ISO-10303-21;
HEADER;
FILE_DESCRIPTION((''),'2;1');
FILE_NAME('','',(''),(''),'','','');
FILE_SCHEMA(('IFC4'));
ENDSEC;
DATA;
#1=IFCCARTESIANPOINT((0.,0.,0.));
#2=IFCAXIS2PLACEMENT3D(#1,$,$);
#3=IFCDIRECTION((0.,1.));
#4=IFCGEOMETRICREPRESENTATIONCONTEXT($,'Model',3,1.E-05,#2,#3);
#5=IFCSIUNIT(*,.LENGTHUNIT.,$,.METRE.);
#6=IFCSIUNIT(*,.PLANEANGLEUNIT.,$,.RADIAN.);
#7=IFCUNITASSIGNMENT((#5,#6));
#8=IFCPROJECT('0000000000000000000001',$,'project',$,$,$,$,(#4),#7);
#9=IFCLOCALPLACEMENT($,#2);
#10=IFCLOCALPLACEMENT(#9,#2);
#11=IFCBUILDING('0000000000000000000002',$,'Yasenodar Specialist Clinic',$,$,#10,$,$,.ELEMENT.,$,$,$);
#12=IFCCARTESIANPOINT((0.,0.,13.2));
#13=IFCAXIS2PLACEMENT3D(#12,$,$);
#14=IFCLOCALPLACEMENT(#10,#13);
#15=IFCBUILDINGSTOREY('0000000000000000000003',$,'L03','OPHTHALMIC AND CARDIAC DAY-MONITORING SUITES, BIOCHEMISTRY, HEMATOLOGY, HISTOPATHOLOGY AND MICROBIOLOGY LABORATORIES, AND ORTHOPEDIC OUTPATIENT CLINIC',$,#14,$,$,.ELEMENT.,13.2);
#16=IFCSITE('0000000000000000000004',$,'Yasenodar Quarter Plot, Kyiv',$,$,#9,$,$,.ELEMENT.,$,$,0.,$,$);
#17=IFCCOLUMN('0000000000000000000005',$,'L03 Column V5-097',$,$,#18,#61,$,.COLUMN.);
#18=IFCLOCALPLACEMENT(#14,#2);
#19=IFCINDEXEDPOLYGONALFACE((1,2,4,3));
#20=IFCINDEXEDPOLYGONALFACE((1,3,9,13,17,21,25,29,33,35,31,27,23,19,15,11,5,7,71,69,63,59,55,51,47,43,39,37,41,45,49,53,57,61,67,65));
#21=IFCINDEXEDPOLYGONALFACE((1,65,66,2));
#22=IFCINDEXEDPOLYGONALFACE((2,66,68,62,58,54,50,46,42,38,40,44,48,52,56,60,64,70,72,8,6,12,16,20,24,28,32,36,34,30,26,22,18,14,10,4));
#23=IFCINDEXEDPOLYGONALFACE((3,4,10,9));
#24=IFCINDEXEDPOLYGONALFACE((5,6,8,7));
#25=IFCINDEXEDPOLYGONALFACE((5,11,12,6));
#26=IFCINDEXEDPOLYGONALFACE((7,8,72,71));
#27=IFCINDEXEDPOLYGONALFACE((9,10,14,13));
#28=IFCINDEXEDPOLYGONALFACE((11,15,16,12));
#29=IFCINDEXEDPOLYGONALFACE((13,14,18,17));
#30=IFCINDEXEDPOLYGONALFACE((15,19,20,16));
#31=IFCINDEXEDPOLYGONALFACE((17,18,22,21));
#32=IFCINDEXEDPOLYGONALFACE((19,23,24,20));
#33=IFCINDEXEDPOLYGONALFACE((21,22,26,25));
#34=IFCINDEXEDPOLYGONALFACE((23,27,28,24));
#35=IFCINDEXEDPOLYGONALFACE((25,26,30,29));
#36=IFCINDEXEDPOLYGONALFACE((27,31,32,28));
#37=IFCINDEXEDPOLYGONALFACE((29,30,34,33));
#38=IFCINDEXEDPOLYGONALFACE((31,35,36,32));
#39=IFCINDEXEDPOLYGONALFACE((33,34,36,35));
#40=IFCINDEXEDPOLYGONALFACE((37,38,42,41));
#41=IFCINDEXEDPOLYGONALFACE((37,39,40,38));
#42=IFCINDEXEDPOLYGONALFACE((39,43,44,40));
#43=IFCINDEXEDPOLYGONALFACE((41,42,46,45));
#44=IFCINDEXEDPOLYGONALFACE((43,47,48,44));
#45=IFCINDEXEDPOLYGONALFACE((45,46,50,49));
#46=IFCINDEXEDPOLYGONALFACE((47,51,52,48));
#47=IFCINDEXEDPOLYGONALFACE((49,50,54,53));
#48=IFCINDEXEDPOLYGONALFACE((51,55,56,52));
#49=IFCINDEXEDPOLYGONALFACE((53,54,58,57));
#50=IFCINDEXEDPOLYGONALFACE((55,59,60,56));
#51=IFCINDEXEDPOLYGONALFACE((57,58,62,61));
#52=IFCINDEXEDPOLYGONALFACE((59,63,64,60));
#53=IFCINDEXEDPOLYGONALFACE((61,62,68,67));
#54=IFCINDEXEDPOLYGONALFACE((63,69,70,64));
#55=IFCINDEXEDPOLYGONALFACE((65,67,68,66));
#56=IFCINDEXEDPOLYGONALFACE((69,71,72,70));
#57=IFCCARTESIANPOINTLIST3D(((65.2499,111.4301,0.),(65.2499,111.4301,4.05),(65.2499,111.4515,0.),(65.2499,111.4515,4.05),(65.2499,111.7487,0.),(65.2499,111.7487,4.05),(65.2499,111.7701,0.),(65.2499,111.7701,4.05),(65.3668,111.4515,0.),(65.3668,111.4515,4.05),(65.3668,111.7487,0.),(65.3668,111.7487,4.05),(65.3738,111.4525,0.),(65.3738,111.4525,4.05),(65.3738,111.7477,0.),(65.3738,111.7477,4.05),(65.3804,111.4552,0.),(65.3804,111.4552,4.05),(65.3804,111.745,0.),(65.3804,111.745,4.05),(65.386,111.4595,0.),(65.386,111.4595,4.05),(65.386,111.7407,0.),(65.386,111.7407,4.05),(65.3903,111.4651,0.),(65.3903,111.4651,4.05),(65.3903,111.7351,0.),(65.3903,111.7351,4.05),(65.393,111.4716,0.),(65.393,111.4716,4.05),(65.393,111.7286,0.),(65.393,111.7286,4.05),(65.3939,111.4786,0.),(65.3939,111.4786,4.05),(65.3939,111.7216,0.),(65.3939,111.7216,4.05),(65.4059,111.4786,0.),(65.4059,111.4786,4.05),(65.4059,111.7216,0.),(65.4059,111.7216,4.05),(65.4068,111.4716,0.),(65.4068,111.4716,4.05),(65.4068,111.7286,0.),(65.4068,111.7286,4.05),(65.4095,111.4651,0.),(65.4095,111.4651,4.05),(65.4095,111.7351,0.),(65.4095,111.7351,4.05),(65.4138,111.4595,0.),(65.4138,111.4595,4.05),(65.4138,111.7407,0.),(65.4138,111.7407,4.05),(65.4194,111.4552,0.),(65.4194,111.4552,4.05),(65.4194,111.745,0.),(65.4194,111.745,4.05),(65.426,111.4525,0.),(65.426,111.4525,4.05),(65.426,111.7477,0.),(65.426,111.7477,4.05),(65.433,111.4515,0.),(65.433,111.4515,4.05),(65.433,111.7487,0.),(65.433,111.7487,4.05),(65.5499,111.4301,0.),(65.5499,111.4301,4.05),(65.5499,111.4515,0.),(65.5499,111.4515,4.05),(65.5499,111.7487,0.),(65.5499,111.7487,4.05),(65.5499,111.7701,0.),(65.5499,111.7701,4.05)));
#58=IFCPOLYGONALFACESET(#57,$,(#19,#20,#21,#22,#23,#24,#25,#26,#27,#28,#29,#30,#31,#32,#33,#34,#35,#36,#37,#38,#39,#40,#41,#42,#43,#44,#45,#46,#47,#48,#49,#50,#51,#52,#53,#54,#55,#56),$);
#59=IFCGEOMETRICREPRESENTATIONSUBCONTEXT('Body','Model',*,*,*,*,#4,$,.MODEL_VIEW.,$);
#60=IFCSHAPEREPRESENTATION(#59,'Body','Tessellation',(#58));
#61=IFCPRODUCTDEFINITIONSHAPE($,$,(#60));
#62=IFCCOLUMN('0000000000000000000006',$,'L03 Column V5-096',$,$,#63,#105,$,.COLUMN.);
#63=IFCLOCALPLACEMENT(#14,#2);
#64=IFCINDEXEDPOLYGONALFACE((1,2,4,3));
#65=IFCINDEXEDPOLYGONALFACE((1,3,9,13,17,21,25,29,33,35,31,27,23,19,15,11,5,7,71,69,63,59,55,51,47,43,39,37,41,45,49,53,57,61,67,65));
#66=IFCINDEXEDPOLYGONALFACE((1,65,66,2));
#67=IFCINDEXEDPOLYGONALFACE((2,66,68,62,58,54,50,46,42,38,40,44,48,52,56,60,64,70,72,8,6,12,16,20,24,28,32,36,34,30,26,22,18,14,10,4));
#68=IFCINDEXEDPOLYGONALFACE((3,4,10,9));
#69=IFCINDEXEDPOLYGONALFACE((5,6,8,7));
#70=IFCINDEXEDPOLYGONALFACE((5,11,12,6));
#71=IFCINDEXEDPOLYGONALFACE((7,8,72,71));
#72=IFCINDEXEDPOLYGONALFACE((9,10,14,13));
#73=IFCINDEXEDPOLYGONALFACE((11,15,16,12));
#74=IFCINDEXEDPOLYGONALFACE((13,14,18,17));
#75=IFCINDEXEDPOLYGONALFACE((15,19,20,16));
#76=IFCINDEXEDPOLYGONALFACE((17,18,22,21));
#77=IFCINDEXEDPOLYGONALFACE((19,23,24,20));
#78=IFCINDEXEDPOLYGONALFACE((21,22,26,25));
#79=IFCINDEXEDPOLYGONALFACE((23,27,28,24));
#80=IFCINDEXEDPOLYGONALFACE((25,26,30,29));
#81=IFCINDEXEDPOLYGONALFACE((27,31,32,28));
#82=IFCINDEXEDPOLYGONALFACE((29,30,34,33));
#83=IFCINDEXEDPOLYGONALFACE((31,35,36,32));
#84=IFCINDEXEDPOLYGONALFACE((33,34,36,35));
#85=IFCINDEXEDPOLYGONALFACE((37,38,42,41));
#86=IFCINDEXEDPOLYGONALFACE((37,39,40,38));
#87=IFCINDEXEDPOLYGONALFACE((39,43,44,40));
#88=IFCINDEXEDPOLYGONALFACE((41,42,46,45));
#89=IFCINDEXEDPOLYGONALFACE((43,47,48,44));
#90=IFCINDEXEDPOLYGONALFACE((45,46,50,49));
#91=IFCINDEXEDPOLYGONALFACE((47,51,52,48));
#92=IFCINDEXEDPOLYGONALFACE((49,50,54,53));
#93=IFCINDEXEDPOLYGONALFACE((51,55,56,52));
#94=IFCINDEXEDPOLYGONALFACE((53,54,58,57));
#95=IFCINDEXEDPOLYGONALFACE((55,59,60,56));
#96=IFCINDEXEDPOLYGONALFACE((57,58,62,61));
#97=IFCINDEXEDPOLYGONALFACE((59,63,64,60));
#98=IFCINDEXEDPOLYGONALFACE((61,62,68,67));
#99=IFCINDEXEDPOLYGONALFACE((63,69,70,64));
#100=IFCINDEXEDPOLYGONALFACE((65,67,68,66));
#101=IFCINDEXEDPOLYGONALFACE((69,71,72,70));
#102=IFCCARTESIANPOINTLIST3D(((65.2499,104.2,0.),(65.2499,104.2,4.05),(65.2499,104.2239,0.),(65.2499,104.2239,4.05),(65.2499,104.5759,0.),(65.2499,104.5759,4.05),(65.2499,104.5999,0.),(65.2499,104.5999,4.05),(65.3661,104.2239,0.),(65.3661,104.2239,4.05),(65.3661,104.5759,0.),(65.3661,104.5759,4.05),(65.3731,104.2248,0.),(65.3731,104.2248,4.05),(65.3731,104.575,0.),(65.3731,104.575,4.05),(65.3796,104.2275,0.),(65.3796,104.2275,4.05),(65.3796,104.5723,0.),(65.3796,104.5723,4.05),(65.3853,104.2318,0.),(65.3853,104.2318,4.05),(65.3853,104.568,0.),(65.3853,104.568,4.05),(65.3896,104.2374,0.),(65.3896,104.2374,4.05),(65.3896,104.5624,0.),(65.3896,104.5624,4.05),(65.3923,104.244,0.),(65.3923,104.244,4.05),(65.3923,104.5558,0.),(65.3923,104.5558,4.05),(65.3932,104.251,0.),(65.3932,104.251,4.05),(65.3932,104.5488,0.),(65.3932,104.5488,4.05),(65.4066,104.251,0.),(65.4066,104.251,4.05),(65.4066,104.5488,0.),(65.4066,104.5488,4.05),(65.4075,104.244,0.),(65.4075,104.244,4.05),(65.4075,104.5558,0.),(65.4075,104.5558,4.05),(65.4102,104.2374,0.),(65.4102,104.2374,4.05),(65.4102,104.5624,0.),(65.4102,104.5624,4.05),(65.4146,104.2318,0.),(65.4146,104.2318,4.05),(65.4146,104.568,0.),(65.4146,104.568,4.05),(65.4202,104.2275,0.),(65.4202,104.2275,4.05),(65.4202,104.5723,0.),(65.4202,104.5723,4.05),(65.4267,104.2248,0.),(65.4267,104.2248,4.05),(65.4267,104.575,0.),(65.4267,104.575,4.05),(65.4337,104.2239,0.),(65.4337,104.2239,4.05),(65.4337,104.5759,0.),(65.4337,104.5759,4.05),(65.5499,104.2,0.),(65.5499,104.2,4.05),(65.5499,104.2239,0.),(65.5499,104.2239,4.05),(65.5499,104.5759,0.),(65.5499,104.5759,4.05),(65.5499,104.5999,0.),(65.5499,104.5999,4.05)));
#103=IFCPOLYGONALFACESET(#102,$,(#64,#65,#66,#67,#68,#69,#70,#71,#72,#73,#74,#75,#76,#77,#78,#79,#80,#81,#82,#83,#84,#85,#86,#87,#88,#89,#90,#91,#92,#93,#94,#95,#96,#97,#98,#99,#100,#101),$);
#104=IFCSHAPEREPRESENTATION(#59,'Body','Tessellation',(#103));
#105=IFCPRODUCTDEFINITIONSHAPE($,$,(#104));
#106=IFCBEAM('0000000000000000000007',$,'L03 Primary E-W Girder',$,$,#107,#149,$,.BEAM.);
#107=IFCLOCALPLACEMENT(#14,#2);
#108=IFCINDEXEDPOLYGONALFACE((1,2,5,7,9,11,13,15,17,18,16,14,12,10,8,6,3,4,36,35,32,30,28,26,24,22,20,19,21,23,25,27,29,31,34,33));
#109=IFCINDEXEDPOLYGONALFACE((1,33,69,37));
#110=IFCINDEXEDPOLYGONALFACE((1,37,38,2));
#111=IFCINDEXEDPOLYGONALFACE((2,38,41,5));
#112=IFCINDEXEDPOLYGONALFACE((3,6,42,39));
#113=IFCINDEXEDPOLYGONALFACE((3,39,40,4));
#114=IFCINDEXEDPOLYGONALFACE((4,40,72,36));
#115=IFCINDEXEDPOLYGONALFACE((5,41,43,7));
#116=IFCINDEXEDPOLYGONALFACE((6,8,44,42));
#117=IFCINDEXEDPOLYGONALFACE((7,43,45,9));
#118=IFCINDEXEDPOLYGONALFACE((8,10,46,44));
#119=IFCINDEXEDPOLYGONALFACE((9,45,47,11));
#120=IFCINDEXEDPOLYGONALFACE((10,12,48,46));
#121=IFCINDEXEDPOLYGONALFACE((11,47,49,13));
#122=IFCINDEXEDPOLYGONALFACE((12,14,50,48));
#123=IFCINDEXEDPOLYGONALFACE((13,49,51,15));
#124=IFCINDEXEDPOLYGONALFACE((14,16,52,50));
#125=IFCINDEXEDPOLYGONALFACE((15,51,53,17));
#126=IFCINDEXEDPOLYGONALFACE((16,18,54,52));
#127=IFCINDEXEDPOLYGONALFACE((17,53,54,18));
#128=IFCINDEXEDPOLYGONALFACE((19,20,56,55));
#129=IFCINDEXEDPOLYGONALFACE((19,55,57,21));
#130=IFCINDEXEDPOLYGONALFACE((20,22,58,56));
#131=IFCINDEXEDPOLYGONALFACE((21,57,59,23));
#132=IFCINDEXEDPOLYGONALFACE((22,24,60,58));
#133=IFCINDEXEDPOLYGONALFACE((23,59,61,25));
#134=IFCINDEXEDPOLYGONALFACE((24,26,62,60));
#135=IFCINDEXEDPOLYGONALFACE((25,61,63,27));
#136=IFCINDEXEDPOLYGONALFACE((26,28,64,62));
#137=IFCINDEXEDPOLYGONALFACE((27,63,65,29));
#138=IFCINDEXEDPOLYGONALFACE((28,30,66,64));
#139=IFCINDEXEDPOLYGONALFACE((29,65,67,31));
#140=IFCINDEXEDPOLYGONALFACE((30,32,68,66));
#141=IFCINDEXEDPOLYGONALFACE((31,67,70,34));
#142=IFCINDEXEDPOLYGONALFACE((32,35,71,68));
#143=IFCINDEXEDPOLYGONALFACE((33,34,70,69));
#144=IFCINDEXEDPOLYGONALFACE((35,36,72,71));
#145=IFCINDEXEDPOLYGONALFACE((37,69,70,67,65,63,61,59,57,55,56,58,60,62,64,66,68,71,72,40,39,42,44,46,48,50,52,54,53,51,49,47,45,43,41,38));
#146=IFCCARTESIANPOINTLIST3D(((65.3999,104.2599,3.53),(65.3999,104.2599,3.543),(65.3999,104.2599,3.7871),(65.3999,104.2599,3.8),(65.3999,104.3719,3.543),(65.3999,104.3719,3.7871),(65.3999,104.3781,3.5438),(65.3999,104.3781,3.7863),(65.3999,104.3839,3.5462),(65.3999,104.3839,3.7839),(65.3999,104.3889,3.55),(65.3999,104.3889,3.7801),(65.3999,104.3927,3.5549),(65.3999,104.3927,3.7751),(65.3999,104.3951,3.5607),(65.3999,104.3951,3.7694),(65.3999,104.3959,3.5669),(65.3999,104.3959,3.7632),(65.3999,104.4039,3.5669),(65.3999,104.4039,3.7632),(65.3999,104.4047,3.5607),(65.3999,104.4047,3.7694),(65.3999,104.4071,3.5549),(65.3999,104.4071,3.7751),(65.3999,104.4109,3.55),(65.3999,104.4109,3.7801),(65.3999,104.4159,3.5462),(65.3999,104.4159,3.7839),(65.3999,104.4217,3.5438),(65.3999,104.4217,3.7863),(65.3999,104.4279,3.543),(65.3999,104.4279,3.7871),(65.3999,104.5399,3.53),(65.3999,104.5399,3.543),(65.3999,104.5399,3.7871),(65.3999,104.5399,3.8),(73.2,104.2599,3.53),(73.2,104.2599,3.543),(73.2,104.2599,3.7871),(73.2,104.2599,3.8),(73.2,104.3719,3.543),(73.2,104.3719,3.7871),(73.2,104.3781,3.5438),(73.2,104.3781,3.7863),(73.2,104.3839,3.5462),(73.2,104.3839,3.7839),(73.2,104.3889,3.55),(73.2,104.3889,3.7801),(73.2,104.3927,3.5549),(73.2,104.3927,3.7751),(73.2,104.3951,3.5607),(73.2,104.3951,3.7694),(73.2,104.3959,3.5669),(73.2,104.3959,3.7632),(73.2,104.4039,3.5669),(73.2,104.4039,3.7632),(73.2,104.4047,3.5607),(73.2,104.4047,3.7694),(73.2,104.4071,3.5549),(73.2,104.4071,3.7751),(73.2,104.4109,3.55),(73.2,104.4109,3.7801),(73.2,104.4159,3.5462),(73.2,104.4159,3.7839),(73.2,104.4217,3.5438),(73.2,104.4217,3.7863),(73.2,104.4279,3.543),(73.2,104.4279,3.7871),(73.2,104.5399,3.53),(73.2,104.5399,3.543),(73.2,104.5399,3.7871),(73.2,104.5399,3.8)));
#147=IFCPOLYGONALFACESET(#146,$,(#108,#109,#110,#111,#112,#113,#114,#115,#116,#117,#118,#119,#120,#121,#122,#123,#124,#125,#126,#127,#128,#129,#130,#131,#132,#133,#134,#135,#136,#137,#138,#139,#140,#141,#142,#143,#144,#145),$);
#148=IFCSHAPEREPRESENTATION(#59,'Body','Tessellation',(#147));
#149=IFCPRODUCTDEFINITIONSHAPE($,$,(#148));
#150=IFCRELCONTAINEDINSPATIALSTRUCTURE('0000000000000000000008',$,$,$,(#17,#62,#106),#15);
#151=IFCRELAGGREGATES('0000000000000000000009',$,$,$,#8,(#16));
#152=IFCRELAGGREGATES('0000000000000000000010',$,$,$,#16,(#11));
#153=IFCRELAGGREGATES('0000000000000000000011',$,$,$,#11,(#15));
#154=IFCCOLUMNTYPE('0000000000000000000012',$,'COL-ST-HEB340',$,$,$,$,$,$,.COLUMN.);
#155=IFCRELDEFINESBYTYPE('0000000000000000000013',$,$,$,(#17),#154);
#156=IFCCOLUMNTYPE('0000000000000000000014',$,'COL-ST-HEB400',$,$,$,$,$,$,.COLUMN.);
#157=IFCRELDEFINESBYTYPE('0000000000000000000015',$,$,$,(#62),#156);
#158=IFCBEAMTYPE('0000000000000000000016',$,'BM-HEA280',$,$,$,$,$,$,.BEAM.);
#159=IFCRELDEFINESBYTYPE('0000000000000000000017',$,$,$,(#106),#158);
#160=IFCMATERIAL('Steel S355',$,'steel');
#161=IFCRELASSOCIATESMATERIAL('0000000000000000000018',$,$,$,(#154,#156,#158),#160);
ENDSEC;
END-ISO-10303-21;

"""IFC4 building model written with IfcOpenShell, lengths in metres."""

from ifc_helpers import new_model, si_unit, direction, frame, origin, origin_2d, place, context, subcontext, project, spatial, i_section, extrude, material, material_profile, profile_set, type_object, element, save


model = new_model("IFC4")

# Units and contexts
model_context = context("Model", 3, precision=1e-05, world=origin(), true_north=direction((0.0, 1.0)))
body_context = subcontext(model_context, "Body", "Model", "MODEL_VIEW")
ifc_project = project(units=[si_unit("LENGTHUNIT", "METRE"), si_unit("PLANEANGLEUNIT", "RADIAN")], contexts=[model_context])

# Site, building, storey
site_placement = place(None, origin())
site = spatial("IfcSite", under=ifc_project, at=site_placement, Name="Yasenodar Quarter Plot, Kyiv", CompositionType="ELEMENT", RefElevation=0.0)
building_placement = place(site_placement, origin())
building = spatial("IfcBuilding", under=site, at=building_placement, Name="Yasenodar Specialist Clinic", CompositionType="ELEMENT")
storey_placement = place(building_placement, frame((0.0, 0.0, 13.2)))
storey = spatial("IfcBuildingStorey", under=building, at=storey_placement, Name="L03", Description="OPHTHALMIC AND CARDIAC DAY-MONITORING SUITES, BIOCHEMISTRY, HEMATOLOGY, HISTOPATHOLOGY AND MICROBIOLOGY LABORATORIES, AND ORTHOPEDIC OUTPATIENT CLINIC", CompositionType="ELEMENT", Elevation=13.2)

# Columns
ifc_material_1 = material(Name="Steel S355", Category="steel")
ifc_material_profile_1 = material_profile(ifc_material_1, i_section(OverallWidth=0.3, OverallDepth=0.3401, WebThickness=0.012, FlangeThickness=0.0215, FilletRadius=0.0271, at=origin_2d()), Name="HEB 340")
ifc_profile_set_1 = profile_set([ifc_material_profile_1], Name="Steel S355")
column_type_1 = type_object("IfcColumnType", Name="COL-ST-HEB340", PredefinedType="COLUMN", material=ifc_profile_set_1)
column_1_placement = place(storey_placement, frame((65.3999, 111.6001, 0.0), z_axis=(0.0, 0.0, 1.0), x_axis=(1.0, 0.0, 0.0)))
element("IfcColumn", 1, at=column_1_placement, inside=storey, type_object=column_type_1, Name="L03 Column V5-097", PredefinedType="COLUMN", context=body_context, shape_type="SweptSolid", body=[
    extrude(i_section(OverallWidth=0.3, OverallDepth=0.3401, WebThickness=0.012, FlangeThickness=0.0215, FilletRadius=0.0271, at=origin_2d()), origin(), (0.0, 0.0, 1.0), 4.05),
])
ifc_material_profile_2 = material_profile(ifc_material_1, i_section(OverallWidth=0.3, OverallDepth=0.3999, WebThickness=0.0134, FlangeThickness=0.0239, FilletRadius=0.0271, at=origin_2d()), Name="HEB 400")
ifc_profile_set_2 = profile_set([ifc_material_profile_2], Name="Steel S355")
column_type_2 = type_object("IfcColumnType", Name="COL-ST-HEB400", PredefinedType="COLUMN", material=ifc_profile_set_2)
column_2_placement = place(storey_placement, frame((65.3999, 104.3999, 0.0), z_axis=(0.0, 0.0, 1.0), x_axis=(1.0, 0.0, 0.0)))
element("IfcColumn", 2, at=column_2_placement, inside=storey, type_object=column_type_2, Name="L03 Column V5-096", PredefinedType="COLUMN", context=body_context, shape_type="SweptSolid", body=[
    extrude(i_section(OverallWidth=0.3, OverallDepth=0.3999, WebThickness=0.0134, FlangeThickness=0.0239, FilletRadius=0.0271, at=origin_2d()), origin(), (0.0, 0.0, 1.0), 4.05),
])

# Beam
ifc_material_profile_3 = material_profile(ifc_material_1, i_section(OverallWidth=0.28, OverallDepth=0.27, WebThickness=0.0081, FlangeThickness=0.0129, FilletRadius=0.0239, at=origin_2d()), Name="HEA 280")
ifc_profile_set_3 = profile_set([ifc_material_profile_3], Name="Steel S355")
beam_type_1 = type_object("IfcBeamType", Name="BM-HEA280", PredefinedType="BEAM", material=ifc_profile_set_3)
beam_1_placement = place(storey_placement, frame((65.3999, 104.3999, 3.665), z_axis=(1.0, 0.0, 0.0), x_axis=(0.0, 1.0, 0.0)))
element("IfcBeam", 3, at=beam_1_placement, inside=storey, type_object=beam_type_1, Name="L03 Primary E-W Girder", PredefinedType="BEAM", context=body_context, shape_type="SweptSolid", body=[
    extrude(i_section(OverallWidth=0.28, OverallDepth=0.27, WebThickness=0.0081, FlangeThickness=0.0129, FilletRadius=0.0239, at=origin_2d()), origin(), (0.0, 0.0, 1.0), 7.8),
])

save(model, "model.ifc")
